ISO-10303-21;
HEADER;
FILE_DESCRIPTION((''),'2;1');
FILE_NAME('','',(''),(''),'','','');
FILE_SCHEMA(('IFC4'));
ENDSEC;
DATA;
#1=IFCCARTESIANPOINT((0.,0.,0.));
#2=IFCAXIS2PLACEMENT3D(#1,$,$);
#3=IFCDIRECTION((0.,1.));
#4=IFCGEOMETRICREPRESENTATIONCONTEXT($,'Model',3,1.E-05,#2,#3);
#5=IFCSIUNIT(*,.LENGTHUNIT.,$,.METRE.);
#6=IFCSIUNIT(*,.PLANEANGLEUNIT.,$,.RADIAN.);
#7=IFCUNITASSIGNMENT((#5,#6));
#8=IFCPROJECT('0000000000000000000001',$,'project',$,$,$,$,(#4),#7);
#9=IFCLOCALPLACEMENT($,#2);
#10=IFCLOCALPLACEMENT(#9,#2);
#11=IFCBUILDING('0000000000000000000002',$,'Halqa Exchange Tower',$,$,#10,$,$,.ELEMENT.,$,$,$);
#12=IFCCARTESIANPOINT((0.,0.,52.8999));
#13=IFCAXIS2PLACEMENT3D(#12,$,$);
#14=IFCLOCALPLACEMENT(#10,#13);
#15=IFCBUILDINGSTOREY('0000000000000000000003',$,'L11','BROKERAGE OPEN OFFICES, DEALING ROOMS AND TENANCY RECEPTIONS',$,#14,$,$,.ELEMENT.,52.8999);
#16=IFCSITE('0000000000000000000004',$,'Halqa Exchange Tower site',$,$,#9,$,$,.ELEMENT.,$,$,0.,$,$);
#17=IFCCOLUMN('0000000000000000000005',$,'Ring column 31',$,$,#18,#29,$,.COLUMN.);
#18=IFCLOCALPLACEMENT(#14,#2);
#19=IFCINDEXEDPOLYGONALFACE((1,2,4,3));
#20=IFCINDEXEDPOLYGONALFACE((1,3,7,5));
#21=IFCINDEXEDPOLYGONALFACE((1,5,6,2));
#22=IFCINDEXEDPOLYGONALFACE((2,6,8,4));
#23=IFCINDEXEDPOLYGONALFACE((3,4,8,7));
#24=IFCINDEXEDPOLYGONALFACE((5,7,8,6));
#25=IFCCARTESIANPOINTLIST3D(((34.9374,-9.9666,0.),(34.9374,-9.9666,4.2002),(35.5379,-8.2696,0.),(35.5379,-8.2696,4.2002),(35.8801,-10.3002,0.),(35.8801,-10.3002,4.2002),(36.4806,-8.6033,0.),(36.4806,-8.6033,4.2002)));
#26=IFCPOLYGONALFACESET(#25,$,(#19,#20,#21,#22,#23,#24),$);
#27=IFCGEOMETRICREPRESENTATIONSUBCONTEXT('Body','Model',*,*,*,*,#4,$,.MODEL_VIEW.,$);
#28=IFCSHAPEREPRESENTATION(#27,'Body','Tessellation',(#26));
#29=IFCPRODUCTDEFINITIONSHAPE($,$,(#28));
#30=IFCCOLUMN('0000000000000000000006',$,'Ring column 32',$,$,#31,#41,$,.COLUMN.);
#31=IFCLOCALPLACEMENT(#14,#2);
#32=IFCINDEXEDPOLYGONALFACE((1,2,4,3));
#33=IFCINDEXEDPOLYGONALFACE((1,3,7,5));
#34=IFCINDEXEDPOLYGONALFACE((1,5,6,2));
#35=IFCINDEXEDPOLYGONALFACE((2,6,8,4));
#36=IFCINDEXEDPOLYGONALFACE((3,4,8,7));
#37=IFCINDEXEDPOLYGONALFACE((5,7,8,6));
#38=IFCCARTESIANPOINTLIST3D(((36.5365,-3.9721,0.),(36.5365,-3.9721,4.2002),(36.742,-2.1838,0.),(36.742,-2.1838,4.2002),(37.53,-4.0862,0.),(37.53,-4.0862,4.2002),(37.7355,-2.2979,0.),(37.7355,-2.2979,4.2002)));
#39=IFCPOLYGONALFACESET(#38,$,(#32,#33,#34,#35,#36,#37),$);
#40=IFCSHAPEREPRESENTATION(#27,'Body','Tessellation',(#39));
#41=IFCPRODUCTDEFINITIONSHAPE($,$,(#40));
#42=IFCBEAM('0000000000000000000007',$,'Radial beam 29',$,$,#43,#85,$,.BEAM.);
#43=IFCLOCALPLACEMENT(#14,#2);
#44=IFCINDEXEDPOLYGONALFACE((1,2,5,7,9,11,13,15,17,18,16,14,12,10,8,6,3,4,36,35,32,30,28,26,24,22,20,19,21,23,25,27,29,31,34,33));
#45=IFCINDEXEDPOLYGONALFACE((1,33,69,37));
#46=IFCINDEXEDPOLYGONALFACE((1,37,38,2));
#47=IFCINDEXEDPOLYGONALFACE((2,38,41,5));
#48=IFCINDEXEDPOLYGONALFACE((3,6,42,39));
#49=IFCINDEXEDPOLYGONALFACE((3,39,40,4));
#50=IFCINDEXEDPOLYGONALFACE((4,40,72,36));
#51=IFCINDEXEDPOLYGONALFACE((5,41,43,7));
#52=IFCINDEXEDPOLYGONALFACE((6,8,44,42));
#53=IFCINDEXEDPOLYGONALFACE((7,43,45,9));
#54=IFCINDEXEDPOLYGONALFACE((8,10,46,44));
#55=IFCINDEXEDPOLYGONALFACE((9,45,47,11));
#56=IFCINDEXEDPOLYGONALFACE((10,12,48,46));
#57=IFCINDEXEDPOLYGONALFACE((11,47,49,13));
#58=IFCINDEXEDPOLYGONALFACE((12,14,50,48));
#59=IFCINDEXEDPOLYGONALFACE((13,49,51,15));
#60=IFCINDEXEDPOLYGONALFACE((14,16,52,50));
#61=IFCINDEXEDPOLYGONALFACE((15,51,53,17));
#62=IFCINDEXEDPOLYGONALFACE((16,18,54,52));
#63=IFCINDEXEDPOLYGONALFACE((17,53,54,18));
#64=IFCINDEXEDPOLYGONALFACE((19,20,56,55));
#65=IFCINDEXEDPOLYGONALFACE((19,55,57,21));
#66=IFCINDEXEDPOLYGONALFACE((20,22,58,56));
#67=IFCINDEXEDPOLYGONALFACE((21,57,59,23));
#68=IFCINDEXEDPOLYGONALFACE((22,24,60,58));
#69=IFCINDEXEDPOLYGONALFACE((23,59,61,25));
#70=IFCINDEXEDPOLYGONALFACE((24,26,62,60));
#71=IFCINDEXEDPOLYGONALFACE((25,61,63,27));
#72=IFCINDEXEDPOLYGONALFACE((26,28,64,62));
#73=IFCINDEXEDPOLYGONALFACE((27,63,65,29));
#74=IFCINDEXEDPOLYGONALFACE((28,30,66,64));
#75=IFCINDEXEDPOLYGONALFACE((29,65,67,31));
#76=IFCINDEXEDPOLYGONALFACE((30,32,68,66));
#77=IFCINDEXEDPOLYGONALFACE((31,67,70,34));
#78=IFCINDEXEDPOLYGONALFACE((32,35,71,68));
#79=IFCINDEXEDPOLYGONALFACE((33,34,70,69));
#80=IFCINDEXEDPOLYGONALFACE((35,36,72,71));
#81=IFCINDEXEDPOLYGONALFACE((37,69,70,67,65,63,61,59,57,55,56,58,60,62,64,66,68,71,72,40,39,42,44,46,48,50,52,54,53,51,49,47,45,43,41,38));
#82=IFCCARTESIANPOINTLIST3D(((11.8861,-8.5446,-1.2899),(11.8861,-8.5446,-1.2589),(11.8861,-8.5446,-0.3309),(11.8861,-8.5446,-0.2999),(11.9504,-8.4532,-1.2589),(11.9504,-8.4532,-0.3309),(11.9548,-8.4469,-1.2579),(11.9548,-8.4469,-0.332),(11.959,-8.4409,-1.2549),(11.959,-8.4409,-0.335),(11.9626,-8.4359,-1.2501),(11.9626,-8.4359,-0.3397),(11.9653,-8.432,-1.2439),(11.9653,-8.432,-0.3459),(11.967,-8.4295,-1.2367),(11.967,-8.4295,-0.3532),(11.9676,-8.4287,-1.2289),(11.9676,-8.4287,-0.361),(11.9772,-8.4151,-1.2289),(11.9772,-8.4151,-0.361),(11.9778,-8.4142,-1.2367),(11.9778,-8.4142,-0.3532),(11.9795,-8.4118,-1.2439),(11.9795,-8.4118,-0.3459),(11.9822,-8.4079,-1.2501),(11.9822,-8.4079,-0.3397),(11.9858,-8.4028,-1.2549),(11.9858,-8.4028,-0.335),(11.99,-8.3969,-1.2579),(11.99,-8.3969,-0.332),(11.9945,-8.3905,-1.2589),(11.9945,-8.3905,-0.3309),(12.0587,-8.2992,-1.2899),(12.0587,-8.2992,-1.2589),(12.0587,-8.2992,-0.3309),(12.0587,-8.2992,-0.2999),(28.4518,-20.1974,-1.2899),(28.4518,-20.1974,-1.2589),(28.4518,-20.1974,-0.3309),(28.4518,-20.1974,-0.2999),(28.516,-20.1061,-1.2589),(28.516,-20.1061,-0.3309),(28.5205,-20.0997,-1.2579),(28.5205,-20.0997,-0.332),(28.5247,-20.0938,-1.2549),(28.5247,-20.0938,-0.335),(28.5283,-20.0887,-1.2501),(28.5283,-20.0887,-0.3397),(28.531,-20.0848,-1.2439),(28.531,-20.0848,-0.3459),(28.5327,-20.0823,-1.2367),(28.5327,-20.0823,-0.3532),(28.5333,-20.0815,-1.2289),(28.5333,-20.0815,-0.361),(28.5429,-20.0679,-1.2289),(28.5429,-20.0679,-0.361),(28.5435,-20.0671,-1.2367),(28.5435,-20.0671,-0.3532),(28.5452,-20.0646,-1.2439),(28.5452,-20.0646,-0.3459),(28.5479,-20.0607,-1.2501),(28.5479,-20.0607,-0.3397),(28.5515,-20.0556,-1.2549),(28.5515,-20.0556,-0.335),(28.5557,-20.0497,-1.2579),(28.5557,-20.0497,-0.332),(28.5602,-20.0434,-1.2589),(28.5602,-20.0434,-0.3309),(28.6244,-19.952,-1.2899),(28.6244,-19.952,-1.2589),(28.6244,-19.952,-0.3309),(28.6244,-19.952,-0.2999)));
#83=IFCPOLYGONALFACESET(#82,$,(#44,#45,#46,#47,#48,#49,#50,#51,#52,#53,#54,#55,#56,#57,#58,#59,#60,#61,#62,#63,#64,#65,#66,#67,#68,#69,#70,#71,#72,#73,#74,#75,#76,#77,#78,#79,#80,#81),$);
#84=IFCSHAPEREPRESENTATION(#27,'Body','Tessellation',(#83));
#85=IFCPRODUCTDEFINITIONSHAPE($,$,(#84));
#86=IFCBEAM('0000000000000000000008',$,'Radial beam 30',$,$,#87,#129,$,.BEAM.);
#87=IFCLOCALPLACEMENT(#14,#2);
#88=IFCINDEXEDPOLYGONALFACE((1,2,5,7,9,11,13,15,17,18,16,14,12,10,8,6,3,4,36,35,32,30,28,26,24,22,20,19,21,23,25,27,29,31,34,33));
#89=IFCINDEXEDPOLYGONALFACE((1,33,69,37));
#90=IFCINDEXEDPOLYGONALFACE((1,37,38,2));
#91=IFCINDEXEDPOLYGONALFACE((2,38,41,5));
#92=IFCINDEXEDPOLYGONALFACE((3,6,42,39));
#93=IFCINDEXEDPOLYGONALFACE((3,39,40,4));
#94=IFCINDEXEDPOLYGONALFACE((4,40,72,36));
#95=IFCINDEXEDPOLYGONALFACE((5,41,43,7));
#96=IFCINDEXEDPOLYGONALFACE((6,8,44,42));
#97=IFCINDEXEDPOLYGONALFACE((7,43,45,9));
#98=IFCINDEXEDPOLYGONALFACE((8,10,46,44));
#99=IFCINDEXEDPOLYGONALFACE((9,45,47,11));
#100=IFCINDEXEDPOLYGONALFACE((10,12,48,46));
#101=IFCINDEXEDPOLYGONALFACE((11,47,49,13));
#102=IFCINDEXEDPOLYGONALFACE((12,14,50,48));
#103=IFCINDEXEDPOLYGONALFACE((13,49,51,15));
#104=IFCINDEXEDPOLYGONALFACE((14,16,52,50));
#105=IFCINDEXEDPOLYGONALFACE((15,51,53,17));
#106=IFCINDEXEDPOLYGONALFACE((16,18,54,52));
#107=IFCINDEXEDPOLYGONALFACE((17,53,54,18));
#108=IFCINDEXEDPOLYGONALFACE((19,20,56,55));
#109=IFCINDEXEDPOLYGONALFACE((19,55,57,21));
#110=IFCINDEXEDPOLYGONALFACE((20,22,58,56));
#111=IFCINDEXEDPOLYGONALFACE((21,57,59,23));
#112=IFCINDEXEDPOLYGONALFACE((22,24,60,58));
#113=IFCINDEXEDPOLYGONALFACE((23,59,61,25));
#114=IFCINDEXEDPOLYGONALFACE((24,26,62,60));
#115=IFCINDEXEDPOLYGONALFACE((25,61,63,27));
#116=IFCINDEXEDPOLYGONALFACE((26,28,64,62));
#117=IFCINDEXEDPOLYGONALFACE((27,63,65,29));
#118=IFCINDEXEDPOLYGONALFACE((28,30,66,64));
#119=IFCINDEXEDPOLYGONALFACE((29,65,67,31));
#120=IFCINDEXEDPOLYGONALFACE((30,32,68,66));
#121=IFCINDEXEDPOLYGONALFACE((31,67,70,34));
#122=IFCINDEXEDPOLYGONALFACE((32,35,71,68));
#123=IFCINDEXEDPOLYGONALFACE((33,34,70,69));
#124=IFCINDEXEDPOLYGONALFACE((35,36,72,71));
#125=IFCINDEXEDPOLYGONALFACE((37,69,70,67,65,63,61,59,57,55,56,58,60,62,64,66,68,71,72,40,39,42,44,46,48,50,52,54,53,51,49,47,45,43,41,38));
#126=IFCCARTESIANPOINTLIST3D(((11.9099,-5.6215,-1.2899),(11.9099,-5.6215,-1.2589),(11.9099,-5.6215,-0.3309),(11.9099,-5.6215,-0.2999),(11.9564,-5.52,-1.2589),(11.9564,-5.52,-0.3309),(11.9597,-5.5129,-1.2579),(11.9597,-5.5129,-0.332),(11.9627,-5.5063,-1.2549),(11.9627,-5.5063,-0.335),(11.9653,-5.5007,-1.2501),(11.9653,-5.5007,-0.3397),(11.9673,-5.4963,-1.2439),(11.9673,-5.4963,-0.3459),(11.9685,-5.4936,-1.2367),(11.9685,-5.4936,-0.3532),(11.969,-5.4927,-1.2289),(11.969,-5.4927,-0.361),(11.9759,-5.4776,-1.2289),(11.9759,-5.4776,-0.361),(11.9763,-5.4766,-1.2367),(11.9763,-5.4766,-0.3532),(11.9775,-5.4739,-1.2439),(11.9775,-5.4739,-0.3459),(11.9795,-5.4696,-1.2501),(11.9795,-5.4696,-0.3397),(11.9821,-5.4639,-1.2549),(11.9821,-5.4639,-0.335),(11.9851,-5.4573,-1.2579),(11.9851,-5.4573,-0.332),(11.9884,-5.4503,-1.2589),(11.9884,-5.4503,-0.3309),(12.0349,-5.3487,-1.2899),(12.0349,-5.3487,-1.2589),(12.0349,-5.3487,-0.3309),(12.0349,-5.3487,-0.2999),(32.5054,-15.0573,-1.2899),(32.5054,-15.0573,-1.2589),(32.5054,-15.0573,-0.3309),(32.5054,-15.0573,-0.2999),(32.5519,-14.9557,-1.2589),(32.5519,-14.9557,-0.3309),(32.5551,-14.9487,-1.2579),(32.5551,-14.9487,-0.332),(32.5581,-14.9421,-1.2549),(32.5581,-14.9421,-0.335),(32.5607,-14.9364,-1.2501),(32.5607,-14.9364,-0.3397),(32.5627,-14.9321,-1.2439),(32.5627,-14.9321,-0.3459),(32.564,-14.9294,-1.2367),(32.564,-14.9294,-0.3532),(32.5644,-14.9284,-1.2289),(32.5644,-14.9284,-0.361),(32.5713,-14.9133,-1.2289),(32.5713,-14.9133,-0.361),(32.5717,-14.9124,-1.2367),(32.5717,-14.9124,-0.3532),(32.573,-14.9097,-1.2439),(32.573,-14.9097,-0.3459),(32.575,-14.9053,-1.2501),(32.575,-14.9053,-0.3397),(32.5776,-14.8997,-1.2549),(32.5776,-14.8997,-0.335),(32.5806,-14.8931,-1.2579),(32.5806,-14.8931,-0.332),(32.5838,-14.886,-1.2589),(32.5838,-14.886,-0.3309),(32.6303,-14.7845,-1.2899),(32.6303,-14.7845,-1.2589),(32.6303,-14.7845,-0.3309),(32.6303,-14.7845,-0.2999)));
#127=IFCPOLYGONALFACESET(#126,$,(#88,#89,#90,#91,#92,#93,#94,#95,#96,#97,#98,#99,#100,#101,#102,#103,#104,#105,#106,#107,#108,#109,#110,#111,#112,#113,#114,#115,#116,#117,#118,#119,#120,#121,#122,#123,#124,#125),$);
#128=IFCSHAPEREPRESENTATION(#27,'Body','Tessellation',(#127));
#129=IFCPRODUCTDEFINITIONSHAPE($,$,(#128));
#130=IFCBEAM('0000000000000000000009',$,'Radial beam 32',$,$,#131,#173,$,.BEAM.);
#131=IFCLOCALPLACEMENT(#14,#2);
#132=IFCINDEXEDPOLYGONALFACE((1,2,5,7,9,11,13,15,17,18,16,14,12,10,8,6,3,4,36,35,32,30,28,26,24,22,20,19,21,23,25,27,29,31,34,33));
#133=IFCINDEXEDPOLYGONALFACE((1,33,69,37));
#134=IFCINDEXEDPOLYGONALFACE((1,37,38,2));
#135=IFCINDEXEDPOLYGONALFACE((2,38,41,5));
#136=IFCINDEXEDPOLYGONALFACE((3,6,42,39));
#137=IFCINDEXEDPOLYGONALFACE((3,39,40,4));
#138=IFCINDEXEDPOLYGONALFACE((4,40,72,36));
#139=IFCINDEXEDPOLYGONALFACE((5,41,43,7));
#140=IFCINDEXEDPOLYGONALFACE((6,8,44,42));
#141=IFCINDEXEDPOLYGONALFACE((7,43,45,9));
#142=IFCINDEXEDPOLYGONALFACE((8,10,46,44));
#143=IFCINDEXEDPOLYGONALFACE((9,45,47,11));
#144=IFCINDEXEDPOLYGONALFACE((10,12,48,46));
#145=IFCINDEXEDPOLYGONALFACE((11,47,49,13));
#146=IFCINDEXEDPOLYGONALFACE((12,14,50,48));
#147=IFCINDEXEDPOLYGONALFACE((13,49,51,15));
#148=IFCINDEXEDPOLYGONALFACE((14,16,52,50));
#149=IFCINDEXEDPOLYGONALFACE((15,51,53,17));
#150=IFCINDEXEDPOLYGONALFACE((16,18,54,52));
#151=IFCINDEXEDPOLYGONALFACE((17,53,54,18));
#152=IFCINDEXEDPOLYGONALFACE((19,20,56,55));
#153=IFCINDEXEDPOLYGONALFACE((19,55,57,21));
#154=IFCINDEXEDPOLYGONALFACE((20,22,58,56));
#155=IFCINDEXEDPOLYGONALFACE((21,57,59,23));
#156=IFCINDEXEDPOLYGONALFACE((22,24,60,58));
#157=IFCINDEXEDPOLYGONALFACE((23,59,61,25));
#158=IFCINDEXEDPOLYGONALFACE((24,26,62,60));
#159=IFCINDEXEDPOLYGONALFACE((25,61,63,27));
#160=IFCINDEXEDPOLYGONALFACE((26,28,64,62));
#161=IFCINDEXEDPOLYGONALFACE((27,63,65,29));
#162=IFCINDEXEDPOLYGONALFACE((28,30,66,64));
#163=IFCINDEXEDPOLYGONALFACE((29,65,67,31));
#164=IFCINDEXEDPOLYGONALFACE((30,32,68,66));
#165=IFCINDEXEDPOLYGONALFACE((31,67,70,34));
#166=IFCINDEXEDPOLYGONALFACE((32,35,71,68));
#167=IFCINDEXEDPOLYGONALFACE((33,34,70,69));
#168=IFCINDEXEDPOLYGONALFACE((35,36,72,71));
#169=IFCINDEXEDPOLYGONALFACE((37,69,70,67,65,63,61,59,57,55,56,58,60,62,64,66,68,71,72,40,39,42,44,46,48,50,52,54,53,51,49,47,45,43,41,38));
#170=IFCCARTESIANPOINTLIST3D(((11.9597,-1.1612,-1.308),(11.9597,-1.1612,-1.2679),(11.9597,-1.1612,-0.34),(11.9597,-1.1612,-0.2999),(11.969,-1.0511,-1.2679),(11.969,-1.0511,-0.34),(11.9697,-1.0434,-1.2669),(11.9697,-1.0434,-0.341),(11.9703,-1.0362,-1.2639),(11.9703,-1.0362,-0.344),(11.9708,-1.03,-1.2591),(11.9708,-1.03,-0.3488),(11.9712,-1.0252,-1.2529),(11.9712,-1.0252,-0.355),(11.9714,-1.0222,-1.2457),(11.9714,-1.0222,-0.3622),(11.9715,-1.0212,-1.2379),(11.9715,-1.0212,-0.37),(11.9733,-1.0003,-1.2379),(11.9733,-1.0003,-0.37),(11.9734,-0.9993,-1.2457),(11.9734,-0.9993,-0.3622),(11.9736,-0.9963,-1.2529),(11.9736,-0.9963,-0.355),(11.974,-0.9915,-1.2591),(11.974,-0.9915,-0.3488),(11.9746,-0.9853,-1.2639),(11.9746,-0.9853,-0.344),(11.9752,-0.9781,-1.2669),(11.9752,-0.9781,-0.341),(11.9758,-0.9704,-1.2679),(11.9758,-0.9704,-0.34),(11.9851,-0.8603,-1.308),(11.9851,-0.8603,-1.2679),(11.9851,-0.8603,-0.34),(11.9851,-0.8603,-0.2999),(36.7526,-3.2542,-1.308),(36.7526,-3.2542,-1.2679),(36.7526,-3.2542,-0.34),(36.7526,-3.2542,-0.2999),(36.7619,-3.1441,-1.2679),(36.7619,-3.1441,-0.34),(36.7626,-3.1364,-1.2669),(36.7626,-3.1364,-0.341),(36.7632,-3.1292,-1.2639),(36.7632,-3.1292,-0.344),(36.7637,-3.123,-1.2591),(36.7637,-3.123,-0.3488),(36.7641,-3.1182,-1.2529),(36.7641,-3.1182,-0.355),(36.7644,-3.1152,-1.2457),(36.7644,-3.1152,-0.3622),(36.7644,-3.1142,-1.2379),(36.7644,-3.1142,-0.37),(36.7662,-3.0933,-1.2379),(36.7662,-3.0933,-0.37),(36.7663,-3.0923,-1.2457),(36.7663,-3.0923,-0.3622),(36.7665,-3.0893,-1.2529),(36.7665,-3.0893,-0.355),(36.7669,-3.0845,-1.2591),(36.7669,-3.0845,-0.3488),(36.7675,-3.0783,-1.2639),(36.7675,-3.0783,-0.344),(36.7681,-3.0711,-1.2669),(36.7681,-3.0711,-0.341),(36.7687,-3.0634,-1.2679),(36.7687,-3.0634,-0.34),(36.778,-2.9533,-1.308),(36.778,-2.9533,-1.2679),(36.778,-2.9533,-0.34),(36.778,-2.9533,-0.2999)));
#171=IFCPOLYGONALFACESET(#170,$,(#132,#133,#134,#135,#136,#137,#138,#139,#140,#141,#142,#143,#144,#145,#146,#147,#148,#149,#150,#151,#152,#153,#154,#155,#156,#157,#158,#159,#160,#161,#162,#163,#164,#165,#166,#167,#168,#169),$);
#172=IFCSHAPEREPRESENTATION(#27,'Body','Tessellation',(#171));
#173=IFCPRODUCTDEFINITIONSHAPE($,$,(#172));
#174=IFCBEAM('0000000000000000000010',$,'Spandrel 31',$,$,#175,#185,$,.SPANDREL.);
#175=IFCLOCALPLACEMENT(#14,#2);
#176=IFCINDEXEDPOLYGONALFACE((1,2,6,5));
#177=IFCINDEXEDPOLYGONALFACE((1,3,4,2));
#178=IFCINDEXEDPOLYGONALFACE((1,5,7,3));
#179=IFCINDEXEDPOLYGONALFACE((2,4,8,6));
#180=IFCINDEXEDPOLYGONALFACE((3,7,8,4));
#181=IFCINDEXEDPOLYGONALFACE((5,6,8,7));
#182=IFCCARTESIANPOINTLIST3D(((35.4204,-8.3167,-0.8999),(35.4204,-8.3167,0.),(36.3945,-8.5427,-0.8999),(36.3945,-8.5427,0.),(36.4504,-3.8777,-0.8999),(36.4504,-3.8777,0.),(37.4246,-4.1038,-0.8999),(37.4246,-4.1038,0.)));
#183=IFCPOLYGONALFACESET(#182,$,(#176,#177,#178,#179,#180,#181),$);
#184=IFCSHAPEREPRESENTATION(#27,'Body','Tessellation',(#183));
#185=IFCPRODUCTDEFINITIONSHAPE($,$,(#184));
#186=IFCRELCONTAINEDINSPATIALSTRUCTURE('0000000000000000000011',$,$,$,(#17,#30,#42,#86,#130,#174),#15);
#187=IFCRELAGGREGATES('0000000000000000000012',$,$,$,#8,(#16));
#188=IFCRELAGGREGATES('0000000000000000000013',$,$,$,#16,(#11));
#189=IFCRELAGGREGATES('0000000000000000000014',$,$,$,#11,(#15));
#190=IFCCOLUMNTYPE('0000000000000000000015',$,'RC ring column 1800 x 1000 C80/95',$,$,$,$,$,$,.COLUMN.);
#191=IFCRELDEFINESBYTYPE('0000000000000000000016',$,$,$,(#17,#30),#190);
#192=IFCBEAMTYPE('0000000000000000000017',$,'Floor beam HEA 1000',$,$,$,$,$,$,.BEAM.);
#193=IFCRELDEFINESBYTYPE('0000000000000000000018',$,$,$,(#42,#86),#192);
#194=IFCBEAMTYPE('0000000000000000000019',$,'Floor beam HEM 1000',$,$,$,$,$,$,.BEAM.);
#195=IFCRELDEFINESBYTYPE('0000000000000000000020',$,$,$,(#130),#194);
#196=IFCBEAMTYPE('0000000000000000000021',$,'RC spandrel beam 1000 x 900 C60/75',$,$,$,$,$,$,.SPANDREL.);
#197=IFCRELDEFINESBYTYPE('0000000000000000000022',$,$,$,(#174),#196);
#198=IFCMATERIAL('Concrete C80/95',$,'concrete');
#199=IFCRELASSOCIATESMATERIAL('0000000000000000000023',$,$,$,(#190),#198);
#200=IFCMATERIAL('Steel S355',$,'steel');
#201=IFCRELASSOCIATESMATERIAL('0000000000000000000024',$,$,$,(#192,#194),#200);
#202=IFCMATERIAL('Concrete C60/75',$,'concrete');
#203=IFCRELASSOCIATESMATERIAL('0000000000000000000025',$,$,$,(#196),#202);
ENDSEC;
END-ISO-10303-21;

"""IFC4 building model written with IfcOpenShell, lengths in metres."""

from ifc_helpers import new_model, si_unit, direction, frame, origin, origin_2d, place, context, subcontext, project, spatial, rectangle, i_section, extrude, material, material_profile, profile_set, type_object, element, save


model = new_model("IFC4")

# Units and contexts
model_context = context("Model", 3, precision=1e-05, world=origin(), true_north=direction((0.0, 1.0)))
body_context = subcontext(model_context, "Body", "Model", "MODEL_VIEW")
ifc_project = project(units=[si_unit("LENGTHUNIT", "METRE"), si_unit("PLANEANGLEUNIT", "RADIAN")], contexts=[model_context])

# Site, building, storey
site_placement = place(None, origin())
site = spatial("IfcSite", under=ifc_project, at=site_placement, Name="Halqa Exchange Tower site", CompositionType="ELEMENT", RefElevation=0.0)
building_placement = place(site_placement, origin())
building = spatial("IfcBuilding", under=site, at=building_placement, Name="Halqa Exchange Tower", CompositionType="ELEMENT")
storey_placement = place(building_placement, frame((0.0, 0.0, 52.8999)))
storey = spatial("IfcBuildingStorey", under=building, at=storey_placement, Name="L11", Description="BROKERAGE OPEN OFFICES, DEALING ROOMS AND TENANCY RECEPTIONS", CompositionType="ELEMENT", Elevation=52.8999)

# Columns
ifc_material_1 = material(Name="Concrete C80/95", Category="concrete")
ifc_material_profile_1 = material_profile(ifc_material_1, rectangle(XDim=1.8, YDim=1.0, at=origin_2d()), Name="1800 x 1000")
ifc_profile_set_1 = profile_set([ifc_material_profile_1], Name="Concrete C80/95")
column_type = type_object("IfcColumnType", Name="RC ring column 1800 x 1000 C80/95", PredefinedType="COLUMN", material=ifc_profile_set_1)
for number, where, z_axis, x_axis, name in (
    (1, (35.709, -9.2849, 0.0), (0.0, 0.0, 1.0), (0.333628, 0.942705, 0.0), "Ring column 31"),
    (2, (37.136, -3.135, 0.0), (0.0, 0.0, 1.0), (0.114153, 0.993463, 0.0), "Ring column 32"),
):
    element("IfcColumn", number, at=place(storey_placement, frame(where, z_axis=z_axis, x_axis=x_axis)), inside=storey, type_object=column_type, Name=name, PredefinedType="COLUMN", context=body_context, shape_type="SweptSolid", body=[
        extrude(rectangle(XDim=1.8, YDim=1.0, at=origin_2d()), origin(), (0.0, 0.0, 1.0), 4.2002),
    ])

# Beams
ifc_material_2 = material(Name="Steel S355", Category="steel")
ifc_material_profile_2 = material_profile(ifc_material_2, i_section(OverallWidth=0.3, OverallDepth=0.99, WebThickness=0.0166, FlangeThickness=0.031, FilletRadius=0.03, at=origin_2d()), Name="HEA 1000")
ifc_profile_set_2 = profile_set([ifc_material_profile_2], Name="Steel S355")
beam_type_1 = type_object("IfcBeamType", Name="Floor beam HEA 1000", PredefinedType="BEAM", material=ifc_profile_set_2)
beam_1_placement = place(storey_placement, frame((11.9724, -8.4219, -0.7949), z_axis=(0.817911, -0.575345, 0.0), x_axis=(0.575345, 0.817911, 0.0)))
element("IfcBeam", 3, at=beam_1_placement, inside=storey, type_object=beam_type_1, Name="Radial beam 29", PredefinedType="BEAM", context=body_context, shape_type="SweptSolid", body=[
    extrude(i_section(OverallWidth=0.3, OverallDepth=0.99, WebThickness=0.0166, FlangeThickness=0.031, FilletRadius=0.03, at=origin_2d()), origin(), (0.0, 0.0, 1.0), 20.2537),
])
beam_2_placement = place(storey_placement, frame((11.9724, -5.4851, -0.7949), z_axis=(0.909128, -0.416516, 0.0), x_axis=(0.416516, 0.909128, 0.0)))
element("IfcBeam", 4, at=beam_2_placement, inside=storey, type_object=beam_type_1, Name="Radial beam 30", PredefinedType="BEAM", context=body_context, shape_type="SweptSolid", body=[
    extrude(i_section(OverallWidth=0.3, OverallDepth=0.99, WebThickness=0.0166, FlangeThickness=0.031, FilletRadius=0.03, at=origin_2d()), origin(), (0.0, 0.0, 1.0), 22.6541),
])
ifc_material_profile_3 = material_profile(ifc_material_2, i_section(OverallWidth=0.302, OverallDepth=1.0081, WebThickness=0.021, FlangeThickness=0.04, FilletRadius=0.03, at=origin_2d()), Name="HEM 1000")
ifc_profile_set_3 = profile_set([ifc_material_profile_3], Name="Steel S355")
beam_type_2 = type_object("IfcBeamType", Name="Floor beam HEM 1000", PredefinedType="BEAM", material=ifc_profile_set_3)
beam_3_placement = place(storey_placement, frame((11.9724, -1.0107, -0.804), z_axis=(0.996456, -0.084121, 0.0), x_axis=(0.084121, 0.996456, 0.0)))
element("IfcBeam", 5, at=beam_3_placement, inside=storey, type_object=beam_type_2, Name="Radial beam 32", PredefinedType="BEAM", context=body_context, shape_type="SweptSolid", body=[
    extrude(i_section(OverallWidth=0.302, OverallDepth=1.0081, WebThickness=0.021, FlangeThickness=0.04, FilletRadius=0.03, at=origin_2d()), origin(), (0.0, 0.0, 1.0), 24.8811),
])
ifc_material_3 = material(Name="Concrete C60/75", Category="concrete")
ifc_material_profile_4 = material_profile(ifc_material_3, rectangle(XDim=1.0, YDim=0.8999, at=origin_2d()), Name="1000 x 900")
ifc_profile_set_4 = profile_set([ifc_material_profile_4], Name="Concrete C60/75")
beam_type_3 = type_object("IfcBeamType", Name="RC spandrel beam 1000 x 900 C60/75", PredefinedType="SPANDREL", material=ifc_profile_set_4)
beam_4_placement = place(storey_placement, frame((35.9075, -8.4297, -0.45), z_axis=(0.226037, 0.974119, 0.0), x_axis=(-0.974119, 0.226037, 0.0)))
element("IfcBeam", 6, at=beam_4_placement, inside=storey, type_object=beam_type_3, Name="Spandrel 31", PredefinedType="SPANDREL", context=body_context, shape_type="SweptSolid", body=[
    extrude(rectangle(XDim=1.0, YDim=0.8999, at=origin_2d()), origin(), (0.0, 0.0, 1.0), 4.5569),
])

save(model, "model.ifc")
